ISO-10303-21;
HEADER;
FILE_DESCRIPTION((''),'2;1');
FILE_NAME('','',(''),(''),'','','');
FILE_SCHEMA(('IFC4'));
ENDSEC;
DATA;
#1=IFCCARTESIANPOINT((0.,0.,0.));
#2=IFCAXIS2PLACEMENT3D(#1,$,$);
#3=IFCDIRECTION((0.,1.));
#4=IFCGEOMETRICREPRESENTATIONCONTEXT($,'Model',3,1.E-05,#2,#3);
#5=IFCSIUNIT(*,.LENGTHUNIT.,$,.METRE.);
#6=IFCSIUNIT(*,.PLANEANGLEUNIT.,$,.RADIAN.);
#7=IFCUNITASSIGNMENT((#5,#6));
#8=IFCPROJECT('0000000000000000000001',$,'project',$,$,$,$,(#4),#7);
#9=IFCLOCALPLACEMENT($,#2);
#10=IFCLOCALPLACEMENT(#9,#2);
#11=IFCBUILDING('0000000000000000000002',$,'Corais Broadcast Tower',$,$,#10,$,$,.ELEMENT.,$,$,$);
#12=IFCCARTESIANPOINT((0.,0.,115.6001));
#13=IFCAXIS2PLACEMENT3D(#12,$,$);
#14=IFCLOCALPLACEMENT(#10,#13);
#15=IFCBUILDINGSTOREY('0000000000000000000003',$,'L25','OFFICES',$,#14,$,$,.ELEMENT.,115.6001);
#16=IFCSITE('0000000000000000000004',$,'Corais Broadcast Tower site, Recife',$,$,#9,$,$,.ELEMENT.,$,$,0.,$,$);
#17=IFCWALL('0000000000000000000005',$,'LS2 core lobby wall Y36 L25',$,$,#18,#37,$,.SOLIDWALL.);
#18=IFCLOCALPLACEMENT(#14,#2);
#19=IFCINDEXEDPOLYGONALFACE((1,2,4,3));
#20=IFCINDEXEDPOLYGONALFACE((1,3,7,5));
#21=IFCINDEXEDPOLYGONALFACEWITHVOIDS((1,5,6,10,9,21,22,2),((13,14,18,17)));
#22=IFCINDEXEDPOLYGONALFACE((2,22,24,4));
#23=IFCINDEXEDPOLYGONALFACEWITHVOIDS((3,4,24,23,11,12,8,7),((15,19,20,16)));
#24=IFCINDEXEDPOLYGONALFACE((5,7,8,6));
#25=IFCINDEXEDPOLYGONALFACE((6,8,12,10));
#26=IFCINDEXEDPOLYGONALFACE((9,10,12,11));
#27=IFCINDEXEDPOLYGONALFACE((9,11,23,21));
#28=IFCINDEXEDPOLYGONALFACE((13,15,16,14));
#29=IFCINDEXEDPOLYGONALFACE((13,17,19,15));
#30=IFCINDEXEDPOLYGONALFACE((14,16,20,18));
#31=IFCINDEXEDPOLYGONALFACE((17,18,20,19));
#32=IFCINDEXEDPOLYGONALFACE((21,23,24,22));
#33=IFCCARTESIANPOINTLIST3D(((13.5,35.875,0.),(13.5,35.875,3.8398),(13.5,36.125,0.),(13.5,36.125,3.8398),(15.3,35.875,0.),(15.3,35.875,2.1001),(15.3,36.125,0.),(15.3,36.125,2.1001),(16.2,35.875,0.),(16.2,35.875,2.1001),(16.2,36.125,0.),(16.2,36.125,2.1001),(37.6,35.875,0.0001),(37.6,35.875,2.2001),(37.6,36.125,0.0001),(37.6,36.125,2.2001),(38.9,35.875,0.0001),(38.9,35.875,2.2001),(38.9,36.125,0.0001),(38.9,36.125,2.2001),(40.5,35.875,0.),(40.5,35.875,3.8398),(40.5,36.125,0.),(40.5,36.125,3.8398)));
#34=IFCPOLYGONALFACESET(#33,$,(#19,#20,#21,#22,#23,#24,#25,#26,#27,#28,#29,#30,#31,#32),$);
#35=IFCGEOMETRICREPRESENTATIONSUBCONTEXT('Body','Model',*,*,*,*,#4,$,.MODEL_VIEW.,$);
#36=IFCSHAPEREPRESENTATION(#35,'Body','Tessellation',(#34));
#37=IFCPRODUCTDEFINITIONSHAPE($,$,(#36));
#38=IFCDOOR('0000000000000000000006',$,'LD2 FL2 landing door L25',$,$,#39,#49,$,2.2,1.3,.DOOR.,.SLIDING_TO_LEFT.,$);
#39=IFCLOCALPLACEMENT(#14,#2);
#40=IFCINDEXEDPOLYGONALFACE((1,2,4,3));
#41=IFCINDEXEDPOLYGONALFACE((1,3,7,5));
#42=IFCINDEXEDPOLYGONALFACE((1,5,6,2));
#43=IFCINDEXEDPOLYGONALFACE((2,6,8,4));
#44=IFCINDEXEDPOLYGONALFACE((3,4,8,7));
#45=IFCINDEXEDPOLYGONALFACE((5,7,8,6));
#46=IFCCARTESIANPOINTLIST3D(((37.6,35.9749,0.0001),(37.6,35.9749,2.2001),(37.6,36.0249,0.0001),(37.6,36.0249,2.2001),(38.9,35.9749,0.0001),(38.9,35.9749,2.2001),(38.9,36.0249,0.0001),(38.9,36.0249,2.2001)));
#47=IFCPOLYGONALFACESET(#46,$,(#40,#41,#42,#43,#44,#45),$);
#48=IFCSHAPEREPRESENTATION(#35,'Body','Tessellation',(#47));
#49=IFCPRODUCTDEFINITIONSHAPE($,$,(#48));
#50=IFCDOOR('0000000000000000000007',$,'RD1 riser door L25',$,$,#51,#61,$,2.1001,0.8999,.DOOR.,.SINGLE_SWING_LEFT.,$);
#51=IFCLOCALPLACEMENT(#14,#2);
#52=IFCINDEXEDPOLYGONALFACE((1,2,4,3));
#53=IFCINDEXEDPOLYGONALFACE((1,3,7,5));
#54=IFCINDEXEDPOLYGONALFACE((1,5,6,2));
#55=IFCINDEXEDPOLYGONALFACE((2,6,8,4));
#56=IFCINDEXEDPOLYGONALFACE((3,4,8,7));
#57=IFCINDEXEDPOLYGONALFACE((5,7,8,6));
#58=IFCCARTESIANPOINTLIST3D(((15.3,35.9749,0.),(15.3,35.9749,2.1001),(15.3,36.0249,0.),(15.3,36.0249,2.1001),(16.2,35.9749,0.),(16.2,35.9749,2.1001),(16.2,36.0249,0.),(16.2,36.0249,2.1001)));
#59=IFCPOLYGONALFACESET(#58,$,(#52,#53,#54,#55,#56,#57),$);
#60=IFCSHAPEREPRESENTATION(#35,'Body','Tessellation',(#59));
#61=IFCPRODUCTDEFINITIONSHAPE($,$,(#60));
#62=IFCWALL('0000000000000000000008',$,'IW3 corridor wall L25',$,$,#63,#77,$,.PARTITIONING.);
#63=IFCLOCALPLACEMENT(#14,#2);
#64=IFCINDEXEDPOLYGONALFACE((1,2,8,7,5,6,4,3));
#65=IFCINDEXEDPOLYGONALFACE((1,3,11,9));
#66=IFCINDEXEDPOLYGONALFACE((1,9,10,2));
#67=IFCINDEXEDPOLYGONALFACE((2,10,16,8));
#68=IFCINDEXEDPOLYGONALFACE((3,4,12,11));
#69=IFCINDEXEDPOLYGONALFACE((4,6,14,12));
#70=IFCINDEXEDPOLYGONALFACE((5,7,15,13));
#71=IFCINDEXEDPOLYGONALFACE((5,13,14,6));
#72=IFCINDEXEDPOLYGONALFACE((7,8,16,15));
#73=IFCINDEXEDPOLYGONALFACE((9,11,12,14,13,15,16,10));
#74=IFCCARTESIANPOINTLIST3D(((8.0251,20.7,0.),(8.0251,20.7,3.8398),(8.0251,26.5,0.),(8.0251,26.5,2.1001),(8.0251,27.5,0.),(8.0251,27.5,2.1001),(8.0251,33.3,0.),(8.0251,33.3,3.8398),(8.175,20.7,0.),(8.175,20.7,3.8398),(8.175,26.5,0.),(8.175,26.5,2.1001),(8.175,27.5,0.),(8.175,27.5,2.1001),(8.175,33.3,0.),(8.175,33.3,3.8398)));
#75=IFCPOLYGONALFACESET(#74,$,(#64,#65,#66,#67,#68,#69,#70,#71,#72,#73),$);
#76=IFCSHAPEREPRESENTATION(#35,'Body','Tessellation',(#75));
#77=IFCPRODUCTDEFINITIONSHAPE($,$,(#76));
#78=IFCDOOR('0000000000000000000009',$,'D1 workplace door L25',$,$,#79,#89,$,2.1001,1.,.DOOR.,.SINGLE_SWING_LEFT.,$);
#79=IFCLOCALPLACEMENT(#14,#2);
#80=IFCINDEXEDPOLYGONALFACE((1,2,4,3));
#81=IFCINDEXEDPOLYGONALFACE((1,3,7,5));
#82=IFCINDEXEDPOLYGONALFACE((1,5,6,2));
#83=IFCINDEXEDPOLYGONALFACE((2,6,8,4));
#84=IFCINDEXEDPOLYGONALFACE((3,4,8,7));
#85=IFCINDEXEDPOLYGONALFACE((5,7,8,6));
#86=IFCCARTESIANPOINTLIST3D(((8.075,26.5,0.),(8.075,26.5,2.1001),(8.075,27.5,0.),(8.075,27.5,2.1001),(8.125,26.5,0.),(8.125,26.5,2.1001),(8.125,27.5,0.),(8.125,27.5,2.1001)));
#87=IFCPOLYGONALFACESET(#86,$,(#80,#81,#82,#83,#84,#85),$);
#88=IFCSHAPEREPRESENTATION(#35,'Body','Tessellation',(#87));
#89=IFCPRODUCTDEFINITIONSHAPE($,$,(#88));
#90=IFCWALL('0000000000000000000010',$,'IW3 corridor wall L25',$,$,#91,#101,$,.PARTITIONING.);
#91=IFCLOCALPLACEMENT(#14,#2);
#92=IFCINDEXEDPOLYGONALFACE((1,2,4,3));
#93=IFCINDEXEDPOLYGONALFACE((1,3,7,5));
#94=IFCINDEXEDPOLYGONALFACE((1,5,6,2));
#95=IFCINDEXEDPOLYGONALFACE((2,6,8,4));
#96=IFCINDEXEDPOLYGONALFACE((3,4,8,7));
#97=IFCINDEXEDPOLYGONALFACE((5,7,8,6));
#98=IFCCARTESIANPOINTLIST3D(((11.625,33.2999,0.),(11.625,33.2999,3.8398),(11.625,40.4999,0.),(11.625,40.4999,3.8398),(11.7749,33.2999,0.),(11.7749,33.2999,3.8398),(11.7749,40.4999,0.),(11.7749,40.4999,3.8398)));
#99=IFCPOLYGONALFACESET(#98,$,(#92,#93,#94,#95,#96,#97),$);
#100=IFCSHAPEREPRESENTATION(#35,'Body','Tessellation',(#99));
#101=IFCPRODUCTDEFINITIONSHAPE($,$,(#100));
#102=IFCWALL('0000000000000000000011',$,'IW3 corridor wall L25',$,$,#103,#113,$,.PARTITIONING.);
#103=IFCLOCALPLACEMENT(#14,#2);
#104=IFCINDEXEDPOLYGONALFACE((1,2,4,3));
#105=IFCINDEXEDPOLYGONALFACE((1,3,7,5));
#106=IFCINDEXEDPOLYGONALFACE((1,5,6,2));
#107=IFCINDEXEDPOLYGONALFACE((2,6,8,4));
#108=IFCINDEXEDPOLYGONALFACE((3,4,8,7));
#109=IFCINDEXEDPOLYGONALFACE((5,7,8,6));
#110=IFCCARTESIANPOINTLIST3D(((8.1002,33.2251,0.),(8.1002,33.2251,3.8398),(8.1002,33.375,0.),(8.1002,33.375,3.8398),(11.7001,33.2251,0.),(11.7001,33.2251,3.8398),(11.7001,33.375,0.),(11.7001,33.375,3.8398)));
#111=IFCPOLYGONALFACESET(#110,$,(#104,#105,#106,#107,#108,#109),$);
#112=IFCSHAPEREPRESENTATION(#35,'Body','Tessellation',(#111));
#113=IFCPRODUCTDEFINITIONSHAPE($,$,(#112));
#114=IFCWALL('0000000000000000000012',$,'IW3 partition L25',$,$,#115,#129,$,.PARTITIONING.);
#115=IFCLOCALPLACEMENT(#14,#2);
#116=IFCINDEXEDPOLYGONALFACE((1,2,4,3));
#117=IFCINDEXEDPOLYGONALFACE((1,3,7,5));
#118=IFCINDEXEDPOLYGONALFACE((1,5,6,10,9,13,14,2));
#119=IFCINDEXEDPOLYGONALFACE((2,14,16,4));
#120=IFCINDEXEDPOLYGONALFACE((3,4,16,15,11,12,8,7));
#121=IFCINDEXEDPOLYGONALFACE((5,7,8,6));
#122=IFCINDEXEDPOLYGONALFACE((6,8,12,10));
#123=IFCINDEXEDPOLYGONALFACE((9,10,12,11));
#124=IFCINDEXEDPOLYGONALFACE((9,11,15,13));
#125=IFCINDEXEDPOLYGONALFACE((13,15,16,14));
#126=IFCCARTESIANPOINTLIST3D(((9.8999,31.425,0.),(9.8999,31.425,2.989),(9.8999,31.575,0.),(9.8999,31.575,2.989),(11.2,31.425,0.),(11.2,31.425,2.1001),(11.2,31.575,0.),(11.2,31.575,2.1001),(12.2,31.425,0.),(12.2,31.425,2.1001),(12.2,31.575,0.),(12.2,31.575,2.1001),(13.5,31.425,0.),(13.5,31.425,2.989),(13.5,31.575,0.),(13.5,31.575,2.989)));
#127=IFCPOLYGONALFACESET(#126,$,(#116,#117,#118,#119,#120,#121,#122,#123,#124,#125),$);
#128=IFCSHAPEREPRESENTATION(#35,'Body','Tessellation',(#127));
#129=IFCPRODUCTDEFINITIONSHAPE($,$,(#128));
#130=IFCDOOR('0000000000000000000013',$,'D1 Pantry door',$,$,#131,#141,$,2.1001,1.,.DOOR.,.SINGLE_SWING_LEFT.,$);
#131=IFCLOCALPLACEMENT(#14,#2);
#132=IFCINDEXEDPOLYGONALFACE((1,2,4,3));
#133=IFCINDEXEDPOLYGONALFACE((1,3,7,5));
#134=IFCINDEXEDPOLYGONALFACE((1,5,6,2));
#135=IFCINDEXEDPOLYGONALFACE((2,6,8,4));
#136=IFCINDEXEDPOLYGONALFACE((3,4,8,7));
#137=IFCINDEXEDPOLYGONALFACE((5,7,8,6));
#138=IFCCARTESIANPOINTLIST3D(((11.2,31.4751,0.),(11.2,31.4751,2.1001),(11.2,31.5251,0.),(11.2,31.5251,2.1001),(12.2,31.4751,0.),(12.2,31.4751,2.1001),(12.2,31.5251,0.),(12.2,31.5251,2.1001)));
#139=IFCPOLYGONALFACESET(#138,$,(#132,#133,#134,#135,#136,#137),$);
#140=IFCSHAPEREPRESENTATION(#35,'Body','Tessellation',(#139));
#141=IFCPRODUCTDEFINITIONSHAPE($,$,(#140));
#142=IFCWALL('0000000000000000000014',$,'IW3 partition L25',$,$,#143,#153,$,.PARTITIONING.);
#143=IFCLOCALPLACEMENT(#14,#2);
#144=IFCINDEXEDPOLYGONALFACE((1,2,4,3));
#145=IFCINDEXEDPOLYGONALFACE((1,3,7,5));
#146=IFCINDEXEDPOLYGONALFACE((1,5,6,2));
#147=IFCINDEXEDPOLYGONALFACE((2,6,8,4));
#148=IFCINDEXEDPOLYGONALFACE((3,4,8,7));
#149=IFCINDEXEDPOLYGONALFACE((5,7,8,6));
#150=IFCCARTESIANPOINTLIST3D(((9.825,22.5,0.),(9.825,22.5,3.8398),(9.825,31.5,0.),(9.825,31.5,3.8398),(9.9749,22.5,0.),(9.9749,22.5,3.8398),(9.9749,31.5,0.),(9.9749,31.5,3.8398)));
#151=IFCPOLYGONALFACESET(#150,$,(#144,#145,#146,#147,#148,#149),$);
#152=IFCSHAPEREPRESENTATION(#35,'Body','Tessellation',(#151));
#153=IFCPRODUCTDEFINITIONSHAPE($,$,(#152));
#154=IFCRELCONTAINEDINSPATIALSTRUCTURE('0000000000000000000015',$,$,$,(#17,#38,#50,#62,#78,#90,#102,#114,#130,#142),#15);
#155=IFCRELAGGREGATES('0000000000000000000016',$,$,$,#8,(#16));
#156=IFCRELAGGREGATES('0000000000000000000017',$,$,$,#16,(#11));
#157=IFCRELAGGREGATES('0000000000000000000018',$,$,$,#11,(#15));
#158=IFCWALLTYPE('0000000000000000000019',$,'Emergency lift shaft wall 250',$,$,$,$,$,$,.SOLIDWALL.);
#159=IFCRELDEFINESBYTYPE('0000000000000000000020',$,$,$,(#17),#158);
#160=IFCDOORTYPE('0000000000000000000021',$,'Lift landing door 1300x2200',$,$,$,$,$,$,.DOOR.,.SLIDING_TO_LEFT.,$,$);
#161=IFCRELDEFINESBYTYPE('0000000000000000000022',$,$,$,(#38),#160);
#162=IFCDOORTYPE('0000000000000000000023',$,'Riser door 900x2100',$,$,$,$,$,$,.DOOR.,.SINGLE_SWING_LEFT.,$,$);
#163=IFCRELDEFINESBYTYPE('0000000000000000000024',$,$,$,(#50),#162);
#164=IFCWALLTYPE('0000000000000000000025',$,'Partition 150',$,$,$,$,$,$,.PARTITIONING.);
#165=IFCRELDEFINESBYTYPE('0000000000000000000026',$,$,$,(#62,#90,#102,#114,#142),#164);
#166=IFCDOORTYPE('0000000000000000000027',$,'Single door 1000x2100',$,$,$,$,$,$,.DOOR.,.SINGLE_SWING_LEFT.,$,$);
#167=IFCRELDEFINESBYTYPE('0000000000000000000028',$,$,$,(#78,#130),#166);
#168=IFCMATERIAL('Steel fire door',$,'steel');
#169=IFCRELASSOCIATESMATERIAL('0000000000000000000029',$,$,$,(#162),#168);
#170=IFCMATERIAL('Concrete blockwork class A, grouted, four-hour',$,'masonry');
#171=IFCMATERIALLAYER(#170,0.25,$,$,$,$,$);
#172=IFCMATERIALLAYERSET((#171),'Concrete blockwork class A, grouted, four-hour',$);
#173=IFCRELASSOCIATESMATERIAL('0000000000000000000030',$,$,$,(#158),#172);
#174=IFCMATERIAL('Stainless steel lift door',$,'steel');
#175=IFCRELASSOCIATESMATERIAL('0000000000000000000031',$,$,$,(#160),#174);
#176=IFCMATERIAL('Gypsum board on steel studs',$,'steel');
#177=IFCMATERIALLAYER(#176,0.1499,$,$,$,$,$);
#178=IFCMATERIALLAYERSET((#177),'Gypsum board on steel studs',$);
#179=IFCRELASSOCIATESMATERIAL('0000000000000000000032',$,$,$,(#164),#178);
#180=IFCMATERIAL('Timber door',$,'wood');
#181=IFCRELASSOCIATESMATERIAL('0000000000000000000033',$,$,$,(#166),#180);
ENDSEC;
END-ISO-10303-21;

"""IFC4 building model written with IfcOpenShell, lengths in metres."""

from ifc_helpers import new_model, si_unit, direction, frame, frame_2d, origin, place, context, subcontext, project, spatial, rectangle, extrude, material, layer, layer_set, type_object, element, fill, save


model = new_model("IFC4")

# Units and contexts
model_context = context("Model", 3, precision=1e-05, world=origin(), true_north=direction((0.0, 1.0)))
body_context = subcontext(model_context, "Body", "Model", "MODEL_VIEW")
ifc_project = project(units=[si_unit("LENGTHUNIT", "METRE"), si_unit("PLANEANGLEUNIT", "RADIAN")], contexts=[model_context])

# Site, building, storey
site_placement = place(None, origin())
site = spatial("IfcSite", under=ifc_project, at=site_placement, Name="Corais Broadcast Tower site, Recife", CompositionType="ELEMENT", RefElevation=0.0)
building_placement = place(site_placement, origin())
building = spatial("IfcBuilding", under=site, at=building_placement, Name="Corais Broadcast Tower", CompositionType="ELEMENT")
storey_placement = place(building_placement, frame((0.0, 0.0, 115.6001)))
storey = spatial("IfcBuildingStorey", under=building, at=storey_placement, Name="L25", Description="OFFICES", CompositionType="ELEMENT", Elevation=115.6001)

# Wall, openings, doors
ifc_material_1 = material(Name="Steel fire door", Category="steel")
door_type_1 = type_object("IfcDoorType", Name="Riser door 900x2100", OperationType="SINGLE_SWING_LEFT", PredefinedType="DOOR", material=ifc_material_1)
ifc_material_2 = material(Name="Concrete blockwork class A, grouted, four-hour", Category="masonry")
ifc_layer_1 = layer(ifc_material_2, 0.25)
ifc_layer_set_1 = layer_set([ifc_layer_1], Name="Concrete blockwork class A, grouted, four-hour")
wall_type_1 = type_object("IfcWallType", Name="Emergency lift shaft wall 250", PredefinedType="SOLIDWALL", material=ifc_layer_set_1)
wall_1_placement = place(storey_placement, frame((13.5, 36.0, 0.0), z_axis=(0.0, 0.0, 1.0), x_axis=(1.0, 0.0, 0.0)))
wall_1 = element("IfcWall", 1, at=wall_1_placement, inside=storey, type_object=wall_type_1, Name="LS2 core lobby wall Y36 L25", PredefinedType="SOLIDWALL", context=body_context, shape_type="SweptSolid", body=[
    extrude(rectangle(XDim=27.0, YDim=0.25, at=frame_2d((13.5, 0.0))), origin(), (0.0, 0.0, 1.0), 3.8398),
])
opening_1_placement = place(wall_1_placement, frame((1.8, 0.0, 0.0)))
opening_1 = element("IfcOpeningElement", 2, at=opening_1_placement, cuts=wall_1, PredefinedType="OPENING", context=body_context, shape_type="SweptSolid", body=[
    extrude(rectangle(XDim=0.8999, YDim=2.1001, at=frame_2d((0.45, 1.05))), frame((0.0, 0.135, 0.0), z_axis=(0.0, -1.0, 0.0), x_axis=(1.0, 0.0, 0.0)), (0.0, 0.0, 1.0), 0.27),
])
opening_2_placement = place(wall_1_placement, frame((24.1001, 0.0, 0.0)))
opening_2 = element("IfcOpeningElement", 3, at=opening_2_placement, cuts=wall_1, PredefinedType="OPENING", context=body_context, shape_type="SweptSolid", body=[
    extrude(rectangle(XDim=1.3, YDim=2.2, at=frame_2d((0.6499, 1.1001))), frame((0.0, 0.135, 0.0), z_axis=(0.0, -1.0, 0.0), x_axis=(1.0, 0.0, 0.0)), (0.0, 0.0, 1.0), 0.27),
])
ifc_material_3 = material(Name="Stainless steel lift door", Category="steel")
door_type_2 = type_object("IfcDoorType", Name="Lift landing door 1300x2200", OperationType="SLIDING_TO_LEFT", PredefinedType="DOOR", material=ifc_material_3)
door_1_placement = place(opening_2_placement, origin())
door_1 = element("IfcDoor", 4, at=door_1_placement, inside=storey, type_object=door_type_2, Name="LD2 FL2 landing door L25", OperationType="SLIDING_TO_LEFT", OverallHeight=2.2, OverallWidth=1.3, PredefinedType="DOOR", context=body_context, shape_type="SweptSolid", body=[
    extrude(rectangle(XDim=1.3, YDim=2.2, at=frame_2d((0.6499, 1.1001))), frame((0.0, 0.0249, 0.0), z_axis=(0.0, -1.0, 0.0), x_axis=(1.0, 0.0, 0.0)), (0.0, 0.0, 1.0), 0.05),
])
fill(opening_2, door_1)
door_2_placement = place(opening_1_placement, origin())
door_2 = element("IfcDoor", 5, at=door_2_placement, inside=storey, type_object=door_type_1, Name="RD1 riser door L25", OperationType="SINGLE_SWING_LEFT", OverallHeight=2.1001, OverallWidth=0.8999, PredefinedType="DOOR", context=body_context, shape_type="SweptSolid", body=[
    extrude(rectangle(XDim=0.8999, YDim=2.1001, at=frame_2d((0.45, 1.05))), frame((0.0, 0.0249, 0.0), z_axis=(0.0, -1.0, 0.0), x_axis=(1.0, 0.0, 0.0)), (0.0, 0.0, 1.0), 0.05),
])
fill(opening_1, door_2)

# Wall, opening, door
ifc_material_4 = material(Name="Gypsum board on steel studs", Category="steel")
ifc_layer_2 = layer(ifc_material_4, 0.1499)
ifc_layer_set_2 = layer_set([ifc_layer_2], Name="Gypsum board on steel studs")
wall_type_2 = type_object("IfcWallType", Name="Partition 150", PredefinedType="PARTITIONING", material=ifc_layer_set_2)
wall_2_placement = place(storey_placement, frame((8.1001, 33.3, 0.0), z_axis=(0.0, 0.0, 1.0), x_axis=(0.0, -1.0, 0.0)))
wall_2 = element("IfcWall", 6, at=wall_2_placement, inside=storey, type_object=wall_type_2, Name="IW3 corridor wall L25", PredefinedType="PARTITIONING", context=body_context, shape_type="SweptSolid", body=[
    extrude(rectangle(XDim=12.6001, YDim=0.1499, at=frame_2d((6.3, 0.0))), origin(), (0.0, 0.0, 1.0), 3.8398),
])
opening_3_placement = place(wall_2_placement, frame((5.8, 0.0, 0.0)))
opening_3 = element("IfcOpeningElement", 7, at=opening_3_placement, cuts=wall_2, PredefinedType="OPENING", context=body_context, shape_type="SweptSolid", body=[
    extrude(rectangle(XDim=1.0, YDim=2.1001, at=frame_2d((0.5, 1.05))), frame((0.0, 0.085, 0.0), z_axis=(0.0, -1.0, 0.0), x_axis=(1.0, 0.0, 0.0)), (0.0, 0.0, 1.0), 0.1699),
])
ifc_material_5 = material(Name="Timber door", Category="wood")
door_type_3 = type_object("IfcDoorType", Name="Single door 1000x2100", OperationType="SINGLE_SWING_LEFT", PredefinedType="DOOR", material=ifc_material_5)
door_3_placement = place(opening_3_placement, origin())
door_3 = element("IfcDoor", 8, at=door_3_placement, inside=storey, type_object=door_type_3, Name="D1 workplace door L25", OperationType="SINGLE_SWING_LEFT", OverallHeight=2.1001, OverallWidth=1.0, PredefinedType="DOOR", context=body_context, shape_type="SweptSolid", body=[
    extrude(rectangle(XDim=1.0, YDim=2.1001, at=frame_2d((0.5, 1.05))), frame((0.0, 0.0249, 0.0), z_axis=(0.0, -1.0, 0.0), x_axis=(1.0, 0.0, 0.0)), (0.0, 0.0, 1.0), 0.05),
])
fill(opening_3, door_3)

# Walls
wall_3_placement = place(storey_placement, frame((11.7, 40.5, 0.0), z_axis=(0.0, 0.0, 1.0), x_axis=(0.0, -1.0, 0.0)))
element("IfcWall", 9, at=wall_3_placement, inside=storey, type_object=wall_type_2, Name="IW3 corridor wall L25", PredefinedType="PARTITIONING", context=body_context, shape_type="SweptSolid", body=[
    extrude(rectangle(XDim=7.2, YDim=0.1499, at=frame_2d((3.6001, 0.0))), origin(), (0.0, 0.0, 1.0), 3.8398),
])
wall_4_placement = place(storey_placement, frame((11.7, 33.3, 0.0), z_axis=(0.0, 0.0, 1.0), x_axis=(-1.0, 0.0, 0.0)))
element("IfcWall", 10, at=wall_4_placement, inside=storey, type_object=wall_type_2, Name="IW3 corridor wall L25", PredefinedType="PARTITIONING", context=body_context, shape_type="SweptSolid", body=[
    extrude(rectangle(XDim=3.5999, YDim=0.1499, at=frame_2d((1.7998, 0.0))), origin(), (0.0, 0.0, 1.0), 3.8398),
])

# Wall, opening, door
wall_5_placement = place(storey_placement, frame((13.5, 31.5, 0.0), z_axis=(0.0, 0.0, 1.0), x_axis=(-1.0, 0.0, 0.0)))
wall_5 = element("IfcWall", 11, at=wall_5_placement, inside=storey, type_object=wall_type_2, Name="IW3 partition L25", PredefinedType="PARTITIONING", context=body_context, shape_type="SweptSolid", body=[
    extrude(rectangle(XDim=3.6001, YDim=0.1499, at=frame_2d((1.8, 0.0))), origin(), (0.0, 0.0, 1.0), 2.989),
])
opening_4_placement = place(wall_5_placement, frame((1.3, 0.0, 0.0)))
opening_4 = element("IfcOpeningElement", 12, at=opening_4_placement, cuts=wall_5, PredefinedType="OPENING", context=body_context, shape_type="SweptSolid", body=[
    extrude(rectangle(XDim=1.0, YDim=2.1001, at=frame_2d((0.5, 1.05))), frame((0.0, 0.085, 0.0), z_axis=(0.0, -1.0, 0.0), x_axis=(1.0, 0.0, 0.0)), (0.0, 0.0, 1.0), 0.1699),
])
door_4_placement = place(opening_4_placement, origin())
door_4 = element("IfcDoor", 13, at=door_4_placement, inside=storey, type_object=door_type_3, Name="D1 Pantry door", OperationType="SINGLE_SWING_LEFT", OverallHeight=2.1001, OverallWidth=1.0, PredefinedType="DOOR", context=body_context, shape_type="SweptSolid", body=[
    extrude(rectangle(XDim=1.0, YDim=2.1001, at=frame_2d((0.5, 1.05))), frame((0.0, 0.0249, 0.0), z_axis=(0.0, -1.0, 0.0), x_axis=(1.0, 0.0, 0.0)), (0.0, 0.0, 1.0), 0.05),
])
fill(opening_4, door_4)

# Wall
wall_6_placement = place(storey_placement, frame((9.8999, 31.5, 0.0), z_axis=(0.0, 0.0, 1.0), x_axis=(0.0, -1.0, 0.0)))
element("IfcWall", 14, at=wall_6_placement, inside=storey, type_object=wall_type_2, Name="IW3 partition L25", PredefinedType="PARTITIONING", context=body_context, shape_type="SweptSolid", body=[
    extrude(rectangle(XDim=9.0, YDim=0.1499, at=frame_2d((4.5, 0.0))), origin(), (0.0, 0.0, 1.0), 3.8398),
])

save(model, "model.ifc")
